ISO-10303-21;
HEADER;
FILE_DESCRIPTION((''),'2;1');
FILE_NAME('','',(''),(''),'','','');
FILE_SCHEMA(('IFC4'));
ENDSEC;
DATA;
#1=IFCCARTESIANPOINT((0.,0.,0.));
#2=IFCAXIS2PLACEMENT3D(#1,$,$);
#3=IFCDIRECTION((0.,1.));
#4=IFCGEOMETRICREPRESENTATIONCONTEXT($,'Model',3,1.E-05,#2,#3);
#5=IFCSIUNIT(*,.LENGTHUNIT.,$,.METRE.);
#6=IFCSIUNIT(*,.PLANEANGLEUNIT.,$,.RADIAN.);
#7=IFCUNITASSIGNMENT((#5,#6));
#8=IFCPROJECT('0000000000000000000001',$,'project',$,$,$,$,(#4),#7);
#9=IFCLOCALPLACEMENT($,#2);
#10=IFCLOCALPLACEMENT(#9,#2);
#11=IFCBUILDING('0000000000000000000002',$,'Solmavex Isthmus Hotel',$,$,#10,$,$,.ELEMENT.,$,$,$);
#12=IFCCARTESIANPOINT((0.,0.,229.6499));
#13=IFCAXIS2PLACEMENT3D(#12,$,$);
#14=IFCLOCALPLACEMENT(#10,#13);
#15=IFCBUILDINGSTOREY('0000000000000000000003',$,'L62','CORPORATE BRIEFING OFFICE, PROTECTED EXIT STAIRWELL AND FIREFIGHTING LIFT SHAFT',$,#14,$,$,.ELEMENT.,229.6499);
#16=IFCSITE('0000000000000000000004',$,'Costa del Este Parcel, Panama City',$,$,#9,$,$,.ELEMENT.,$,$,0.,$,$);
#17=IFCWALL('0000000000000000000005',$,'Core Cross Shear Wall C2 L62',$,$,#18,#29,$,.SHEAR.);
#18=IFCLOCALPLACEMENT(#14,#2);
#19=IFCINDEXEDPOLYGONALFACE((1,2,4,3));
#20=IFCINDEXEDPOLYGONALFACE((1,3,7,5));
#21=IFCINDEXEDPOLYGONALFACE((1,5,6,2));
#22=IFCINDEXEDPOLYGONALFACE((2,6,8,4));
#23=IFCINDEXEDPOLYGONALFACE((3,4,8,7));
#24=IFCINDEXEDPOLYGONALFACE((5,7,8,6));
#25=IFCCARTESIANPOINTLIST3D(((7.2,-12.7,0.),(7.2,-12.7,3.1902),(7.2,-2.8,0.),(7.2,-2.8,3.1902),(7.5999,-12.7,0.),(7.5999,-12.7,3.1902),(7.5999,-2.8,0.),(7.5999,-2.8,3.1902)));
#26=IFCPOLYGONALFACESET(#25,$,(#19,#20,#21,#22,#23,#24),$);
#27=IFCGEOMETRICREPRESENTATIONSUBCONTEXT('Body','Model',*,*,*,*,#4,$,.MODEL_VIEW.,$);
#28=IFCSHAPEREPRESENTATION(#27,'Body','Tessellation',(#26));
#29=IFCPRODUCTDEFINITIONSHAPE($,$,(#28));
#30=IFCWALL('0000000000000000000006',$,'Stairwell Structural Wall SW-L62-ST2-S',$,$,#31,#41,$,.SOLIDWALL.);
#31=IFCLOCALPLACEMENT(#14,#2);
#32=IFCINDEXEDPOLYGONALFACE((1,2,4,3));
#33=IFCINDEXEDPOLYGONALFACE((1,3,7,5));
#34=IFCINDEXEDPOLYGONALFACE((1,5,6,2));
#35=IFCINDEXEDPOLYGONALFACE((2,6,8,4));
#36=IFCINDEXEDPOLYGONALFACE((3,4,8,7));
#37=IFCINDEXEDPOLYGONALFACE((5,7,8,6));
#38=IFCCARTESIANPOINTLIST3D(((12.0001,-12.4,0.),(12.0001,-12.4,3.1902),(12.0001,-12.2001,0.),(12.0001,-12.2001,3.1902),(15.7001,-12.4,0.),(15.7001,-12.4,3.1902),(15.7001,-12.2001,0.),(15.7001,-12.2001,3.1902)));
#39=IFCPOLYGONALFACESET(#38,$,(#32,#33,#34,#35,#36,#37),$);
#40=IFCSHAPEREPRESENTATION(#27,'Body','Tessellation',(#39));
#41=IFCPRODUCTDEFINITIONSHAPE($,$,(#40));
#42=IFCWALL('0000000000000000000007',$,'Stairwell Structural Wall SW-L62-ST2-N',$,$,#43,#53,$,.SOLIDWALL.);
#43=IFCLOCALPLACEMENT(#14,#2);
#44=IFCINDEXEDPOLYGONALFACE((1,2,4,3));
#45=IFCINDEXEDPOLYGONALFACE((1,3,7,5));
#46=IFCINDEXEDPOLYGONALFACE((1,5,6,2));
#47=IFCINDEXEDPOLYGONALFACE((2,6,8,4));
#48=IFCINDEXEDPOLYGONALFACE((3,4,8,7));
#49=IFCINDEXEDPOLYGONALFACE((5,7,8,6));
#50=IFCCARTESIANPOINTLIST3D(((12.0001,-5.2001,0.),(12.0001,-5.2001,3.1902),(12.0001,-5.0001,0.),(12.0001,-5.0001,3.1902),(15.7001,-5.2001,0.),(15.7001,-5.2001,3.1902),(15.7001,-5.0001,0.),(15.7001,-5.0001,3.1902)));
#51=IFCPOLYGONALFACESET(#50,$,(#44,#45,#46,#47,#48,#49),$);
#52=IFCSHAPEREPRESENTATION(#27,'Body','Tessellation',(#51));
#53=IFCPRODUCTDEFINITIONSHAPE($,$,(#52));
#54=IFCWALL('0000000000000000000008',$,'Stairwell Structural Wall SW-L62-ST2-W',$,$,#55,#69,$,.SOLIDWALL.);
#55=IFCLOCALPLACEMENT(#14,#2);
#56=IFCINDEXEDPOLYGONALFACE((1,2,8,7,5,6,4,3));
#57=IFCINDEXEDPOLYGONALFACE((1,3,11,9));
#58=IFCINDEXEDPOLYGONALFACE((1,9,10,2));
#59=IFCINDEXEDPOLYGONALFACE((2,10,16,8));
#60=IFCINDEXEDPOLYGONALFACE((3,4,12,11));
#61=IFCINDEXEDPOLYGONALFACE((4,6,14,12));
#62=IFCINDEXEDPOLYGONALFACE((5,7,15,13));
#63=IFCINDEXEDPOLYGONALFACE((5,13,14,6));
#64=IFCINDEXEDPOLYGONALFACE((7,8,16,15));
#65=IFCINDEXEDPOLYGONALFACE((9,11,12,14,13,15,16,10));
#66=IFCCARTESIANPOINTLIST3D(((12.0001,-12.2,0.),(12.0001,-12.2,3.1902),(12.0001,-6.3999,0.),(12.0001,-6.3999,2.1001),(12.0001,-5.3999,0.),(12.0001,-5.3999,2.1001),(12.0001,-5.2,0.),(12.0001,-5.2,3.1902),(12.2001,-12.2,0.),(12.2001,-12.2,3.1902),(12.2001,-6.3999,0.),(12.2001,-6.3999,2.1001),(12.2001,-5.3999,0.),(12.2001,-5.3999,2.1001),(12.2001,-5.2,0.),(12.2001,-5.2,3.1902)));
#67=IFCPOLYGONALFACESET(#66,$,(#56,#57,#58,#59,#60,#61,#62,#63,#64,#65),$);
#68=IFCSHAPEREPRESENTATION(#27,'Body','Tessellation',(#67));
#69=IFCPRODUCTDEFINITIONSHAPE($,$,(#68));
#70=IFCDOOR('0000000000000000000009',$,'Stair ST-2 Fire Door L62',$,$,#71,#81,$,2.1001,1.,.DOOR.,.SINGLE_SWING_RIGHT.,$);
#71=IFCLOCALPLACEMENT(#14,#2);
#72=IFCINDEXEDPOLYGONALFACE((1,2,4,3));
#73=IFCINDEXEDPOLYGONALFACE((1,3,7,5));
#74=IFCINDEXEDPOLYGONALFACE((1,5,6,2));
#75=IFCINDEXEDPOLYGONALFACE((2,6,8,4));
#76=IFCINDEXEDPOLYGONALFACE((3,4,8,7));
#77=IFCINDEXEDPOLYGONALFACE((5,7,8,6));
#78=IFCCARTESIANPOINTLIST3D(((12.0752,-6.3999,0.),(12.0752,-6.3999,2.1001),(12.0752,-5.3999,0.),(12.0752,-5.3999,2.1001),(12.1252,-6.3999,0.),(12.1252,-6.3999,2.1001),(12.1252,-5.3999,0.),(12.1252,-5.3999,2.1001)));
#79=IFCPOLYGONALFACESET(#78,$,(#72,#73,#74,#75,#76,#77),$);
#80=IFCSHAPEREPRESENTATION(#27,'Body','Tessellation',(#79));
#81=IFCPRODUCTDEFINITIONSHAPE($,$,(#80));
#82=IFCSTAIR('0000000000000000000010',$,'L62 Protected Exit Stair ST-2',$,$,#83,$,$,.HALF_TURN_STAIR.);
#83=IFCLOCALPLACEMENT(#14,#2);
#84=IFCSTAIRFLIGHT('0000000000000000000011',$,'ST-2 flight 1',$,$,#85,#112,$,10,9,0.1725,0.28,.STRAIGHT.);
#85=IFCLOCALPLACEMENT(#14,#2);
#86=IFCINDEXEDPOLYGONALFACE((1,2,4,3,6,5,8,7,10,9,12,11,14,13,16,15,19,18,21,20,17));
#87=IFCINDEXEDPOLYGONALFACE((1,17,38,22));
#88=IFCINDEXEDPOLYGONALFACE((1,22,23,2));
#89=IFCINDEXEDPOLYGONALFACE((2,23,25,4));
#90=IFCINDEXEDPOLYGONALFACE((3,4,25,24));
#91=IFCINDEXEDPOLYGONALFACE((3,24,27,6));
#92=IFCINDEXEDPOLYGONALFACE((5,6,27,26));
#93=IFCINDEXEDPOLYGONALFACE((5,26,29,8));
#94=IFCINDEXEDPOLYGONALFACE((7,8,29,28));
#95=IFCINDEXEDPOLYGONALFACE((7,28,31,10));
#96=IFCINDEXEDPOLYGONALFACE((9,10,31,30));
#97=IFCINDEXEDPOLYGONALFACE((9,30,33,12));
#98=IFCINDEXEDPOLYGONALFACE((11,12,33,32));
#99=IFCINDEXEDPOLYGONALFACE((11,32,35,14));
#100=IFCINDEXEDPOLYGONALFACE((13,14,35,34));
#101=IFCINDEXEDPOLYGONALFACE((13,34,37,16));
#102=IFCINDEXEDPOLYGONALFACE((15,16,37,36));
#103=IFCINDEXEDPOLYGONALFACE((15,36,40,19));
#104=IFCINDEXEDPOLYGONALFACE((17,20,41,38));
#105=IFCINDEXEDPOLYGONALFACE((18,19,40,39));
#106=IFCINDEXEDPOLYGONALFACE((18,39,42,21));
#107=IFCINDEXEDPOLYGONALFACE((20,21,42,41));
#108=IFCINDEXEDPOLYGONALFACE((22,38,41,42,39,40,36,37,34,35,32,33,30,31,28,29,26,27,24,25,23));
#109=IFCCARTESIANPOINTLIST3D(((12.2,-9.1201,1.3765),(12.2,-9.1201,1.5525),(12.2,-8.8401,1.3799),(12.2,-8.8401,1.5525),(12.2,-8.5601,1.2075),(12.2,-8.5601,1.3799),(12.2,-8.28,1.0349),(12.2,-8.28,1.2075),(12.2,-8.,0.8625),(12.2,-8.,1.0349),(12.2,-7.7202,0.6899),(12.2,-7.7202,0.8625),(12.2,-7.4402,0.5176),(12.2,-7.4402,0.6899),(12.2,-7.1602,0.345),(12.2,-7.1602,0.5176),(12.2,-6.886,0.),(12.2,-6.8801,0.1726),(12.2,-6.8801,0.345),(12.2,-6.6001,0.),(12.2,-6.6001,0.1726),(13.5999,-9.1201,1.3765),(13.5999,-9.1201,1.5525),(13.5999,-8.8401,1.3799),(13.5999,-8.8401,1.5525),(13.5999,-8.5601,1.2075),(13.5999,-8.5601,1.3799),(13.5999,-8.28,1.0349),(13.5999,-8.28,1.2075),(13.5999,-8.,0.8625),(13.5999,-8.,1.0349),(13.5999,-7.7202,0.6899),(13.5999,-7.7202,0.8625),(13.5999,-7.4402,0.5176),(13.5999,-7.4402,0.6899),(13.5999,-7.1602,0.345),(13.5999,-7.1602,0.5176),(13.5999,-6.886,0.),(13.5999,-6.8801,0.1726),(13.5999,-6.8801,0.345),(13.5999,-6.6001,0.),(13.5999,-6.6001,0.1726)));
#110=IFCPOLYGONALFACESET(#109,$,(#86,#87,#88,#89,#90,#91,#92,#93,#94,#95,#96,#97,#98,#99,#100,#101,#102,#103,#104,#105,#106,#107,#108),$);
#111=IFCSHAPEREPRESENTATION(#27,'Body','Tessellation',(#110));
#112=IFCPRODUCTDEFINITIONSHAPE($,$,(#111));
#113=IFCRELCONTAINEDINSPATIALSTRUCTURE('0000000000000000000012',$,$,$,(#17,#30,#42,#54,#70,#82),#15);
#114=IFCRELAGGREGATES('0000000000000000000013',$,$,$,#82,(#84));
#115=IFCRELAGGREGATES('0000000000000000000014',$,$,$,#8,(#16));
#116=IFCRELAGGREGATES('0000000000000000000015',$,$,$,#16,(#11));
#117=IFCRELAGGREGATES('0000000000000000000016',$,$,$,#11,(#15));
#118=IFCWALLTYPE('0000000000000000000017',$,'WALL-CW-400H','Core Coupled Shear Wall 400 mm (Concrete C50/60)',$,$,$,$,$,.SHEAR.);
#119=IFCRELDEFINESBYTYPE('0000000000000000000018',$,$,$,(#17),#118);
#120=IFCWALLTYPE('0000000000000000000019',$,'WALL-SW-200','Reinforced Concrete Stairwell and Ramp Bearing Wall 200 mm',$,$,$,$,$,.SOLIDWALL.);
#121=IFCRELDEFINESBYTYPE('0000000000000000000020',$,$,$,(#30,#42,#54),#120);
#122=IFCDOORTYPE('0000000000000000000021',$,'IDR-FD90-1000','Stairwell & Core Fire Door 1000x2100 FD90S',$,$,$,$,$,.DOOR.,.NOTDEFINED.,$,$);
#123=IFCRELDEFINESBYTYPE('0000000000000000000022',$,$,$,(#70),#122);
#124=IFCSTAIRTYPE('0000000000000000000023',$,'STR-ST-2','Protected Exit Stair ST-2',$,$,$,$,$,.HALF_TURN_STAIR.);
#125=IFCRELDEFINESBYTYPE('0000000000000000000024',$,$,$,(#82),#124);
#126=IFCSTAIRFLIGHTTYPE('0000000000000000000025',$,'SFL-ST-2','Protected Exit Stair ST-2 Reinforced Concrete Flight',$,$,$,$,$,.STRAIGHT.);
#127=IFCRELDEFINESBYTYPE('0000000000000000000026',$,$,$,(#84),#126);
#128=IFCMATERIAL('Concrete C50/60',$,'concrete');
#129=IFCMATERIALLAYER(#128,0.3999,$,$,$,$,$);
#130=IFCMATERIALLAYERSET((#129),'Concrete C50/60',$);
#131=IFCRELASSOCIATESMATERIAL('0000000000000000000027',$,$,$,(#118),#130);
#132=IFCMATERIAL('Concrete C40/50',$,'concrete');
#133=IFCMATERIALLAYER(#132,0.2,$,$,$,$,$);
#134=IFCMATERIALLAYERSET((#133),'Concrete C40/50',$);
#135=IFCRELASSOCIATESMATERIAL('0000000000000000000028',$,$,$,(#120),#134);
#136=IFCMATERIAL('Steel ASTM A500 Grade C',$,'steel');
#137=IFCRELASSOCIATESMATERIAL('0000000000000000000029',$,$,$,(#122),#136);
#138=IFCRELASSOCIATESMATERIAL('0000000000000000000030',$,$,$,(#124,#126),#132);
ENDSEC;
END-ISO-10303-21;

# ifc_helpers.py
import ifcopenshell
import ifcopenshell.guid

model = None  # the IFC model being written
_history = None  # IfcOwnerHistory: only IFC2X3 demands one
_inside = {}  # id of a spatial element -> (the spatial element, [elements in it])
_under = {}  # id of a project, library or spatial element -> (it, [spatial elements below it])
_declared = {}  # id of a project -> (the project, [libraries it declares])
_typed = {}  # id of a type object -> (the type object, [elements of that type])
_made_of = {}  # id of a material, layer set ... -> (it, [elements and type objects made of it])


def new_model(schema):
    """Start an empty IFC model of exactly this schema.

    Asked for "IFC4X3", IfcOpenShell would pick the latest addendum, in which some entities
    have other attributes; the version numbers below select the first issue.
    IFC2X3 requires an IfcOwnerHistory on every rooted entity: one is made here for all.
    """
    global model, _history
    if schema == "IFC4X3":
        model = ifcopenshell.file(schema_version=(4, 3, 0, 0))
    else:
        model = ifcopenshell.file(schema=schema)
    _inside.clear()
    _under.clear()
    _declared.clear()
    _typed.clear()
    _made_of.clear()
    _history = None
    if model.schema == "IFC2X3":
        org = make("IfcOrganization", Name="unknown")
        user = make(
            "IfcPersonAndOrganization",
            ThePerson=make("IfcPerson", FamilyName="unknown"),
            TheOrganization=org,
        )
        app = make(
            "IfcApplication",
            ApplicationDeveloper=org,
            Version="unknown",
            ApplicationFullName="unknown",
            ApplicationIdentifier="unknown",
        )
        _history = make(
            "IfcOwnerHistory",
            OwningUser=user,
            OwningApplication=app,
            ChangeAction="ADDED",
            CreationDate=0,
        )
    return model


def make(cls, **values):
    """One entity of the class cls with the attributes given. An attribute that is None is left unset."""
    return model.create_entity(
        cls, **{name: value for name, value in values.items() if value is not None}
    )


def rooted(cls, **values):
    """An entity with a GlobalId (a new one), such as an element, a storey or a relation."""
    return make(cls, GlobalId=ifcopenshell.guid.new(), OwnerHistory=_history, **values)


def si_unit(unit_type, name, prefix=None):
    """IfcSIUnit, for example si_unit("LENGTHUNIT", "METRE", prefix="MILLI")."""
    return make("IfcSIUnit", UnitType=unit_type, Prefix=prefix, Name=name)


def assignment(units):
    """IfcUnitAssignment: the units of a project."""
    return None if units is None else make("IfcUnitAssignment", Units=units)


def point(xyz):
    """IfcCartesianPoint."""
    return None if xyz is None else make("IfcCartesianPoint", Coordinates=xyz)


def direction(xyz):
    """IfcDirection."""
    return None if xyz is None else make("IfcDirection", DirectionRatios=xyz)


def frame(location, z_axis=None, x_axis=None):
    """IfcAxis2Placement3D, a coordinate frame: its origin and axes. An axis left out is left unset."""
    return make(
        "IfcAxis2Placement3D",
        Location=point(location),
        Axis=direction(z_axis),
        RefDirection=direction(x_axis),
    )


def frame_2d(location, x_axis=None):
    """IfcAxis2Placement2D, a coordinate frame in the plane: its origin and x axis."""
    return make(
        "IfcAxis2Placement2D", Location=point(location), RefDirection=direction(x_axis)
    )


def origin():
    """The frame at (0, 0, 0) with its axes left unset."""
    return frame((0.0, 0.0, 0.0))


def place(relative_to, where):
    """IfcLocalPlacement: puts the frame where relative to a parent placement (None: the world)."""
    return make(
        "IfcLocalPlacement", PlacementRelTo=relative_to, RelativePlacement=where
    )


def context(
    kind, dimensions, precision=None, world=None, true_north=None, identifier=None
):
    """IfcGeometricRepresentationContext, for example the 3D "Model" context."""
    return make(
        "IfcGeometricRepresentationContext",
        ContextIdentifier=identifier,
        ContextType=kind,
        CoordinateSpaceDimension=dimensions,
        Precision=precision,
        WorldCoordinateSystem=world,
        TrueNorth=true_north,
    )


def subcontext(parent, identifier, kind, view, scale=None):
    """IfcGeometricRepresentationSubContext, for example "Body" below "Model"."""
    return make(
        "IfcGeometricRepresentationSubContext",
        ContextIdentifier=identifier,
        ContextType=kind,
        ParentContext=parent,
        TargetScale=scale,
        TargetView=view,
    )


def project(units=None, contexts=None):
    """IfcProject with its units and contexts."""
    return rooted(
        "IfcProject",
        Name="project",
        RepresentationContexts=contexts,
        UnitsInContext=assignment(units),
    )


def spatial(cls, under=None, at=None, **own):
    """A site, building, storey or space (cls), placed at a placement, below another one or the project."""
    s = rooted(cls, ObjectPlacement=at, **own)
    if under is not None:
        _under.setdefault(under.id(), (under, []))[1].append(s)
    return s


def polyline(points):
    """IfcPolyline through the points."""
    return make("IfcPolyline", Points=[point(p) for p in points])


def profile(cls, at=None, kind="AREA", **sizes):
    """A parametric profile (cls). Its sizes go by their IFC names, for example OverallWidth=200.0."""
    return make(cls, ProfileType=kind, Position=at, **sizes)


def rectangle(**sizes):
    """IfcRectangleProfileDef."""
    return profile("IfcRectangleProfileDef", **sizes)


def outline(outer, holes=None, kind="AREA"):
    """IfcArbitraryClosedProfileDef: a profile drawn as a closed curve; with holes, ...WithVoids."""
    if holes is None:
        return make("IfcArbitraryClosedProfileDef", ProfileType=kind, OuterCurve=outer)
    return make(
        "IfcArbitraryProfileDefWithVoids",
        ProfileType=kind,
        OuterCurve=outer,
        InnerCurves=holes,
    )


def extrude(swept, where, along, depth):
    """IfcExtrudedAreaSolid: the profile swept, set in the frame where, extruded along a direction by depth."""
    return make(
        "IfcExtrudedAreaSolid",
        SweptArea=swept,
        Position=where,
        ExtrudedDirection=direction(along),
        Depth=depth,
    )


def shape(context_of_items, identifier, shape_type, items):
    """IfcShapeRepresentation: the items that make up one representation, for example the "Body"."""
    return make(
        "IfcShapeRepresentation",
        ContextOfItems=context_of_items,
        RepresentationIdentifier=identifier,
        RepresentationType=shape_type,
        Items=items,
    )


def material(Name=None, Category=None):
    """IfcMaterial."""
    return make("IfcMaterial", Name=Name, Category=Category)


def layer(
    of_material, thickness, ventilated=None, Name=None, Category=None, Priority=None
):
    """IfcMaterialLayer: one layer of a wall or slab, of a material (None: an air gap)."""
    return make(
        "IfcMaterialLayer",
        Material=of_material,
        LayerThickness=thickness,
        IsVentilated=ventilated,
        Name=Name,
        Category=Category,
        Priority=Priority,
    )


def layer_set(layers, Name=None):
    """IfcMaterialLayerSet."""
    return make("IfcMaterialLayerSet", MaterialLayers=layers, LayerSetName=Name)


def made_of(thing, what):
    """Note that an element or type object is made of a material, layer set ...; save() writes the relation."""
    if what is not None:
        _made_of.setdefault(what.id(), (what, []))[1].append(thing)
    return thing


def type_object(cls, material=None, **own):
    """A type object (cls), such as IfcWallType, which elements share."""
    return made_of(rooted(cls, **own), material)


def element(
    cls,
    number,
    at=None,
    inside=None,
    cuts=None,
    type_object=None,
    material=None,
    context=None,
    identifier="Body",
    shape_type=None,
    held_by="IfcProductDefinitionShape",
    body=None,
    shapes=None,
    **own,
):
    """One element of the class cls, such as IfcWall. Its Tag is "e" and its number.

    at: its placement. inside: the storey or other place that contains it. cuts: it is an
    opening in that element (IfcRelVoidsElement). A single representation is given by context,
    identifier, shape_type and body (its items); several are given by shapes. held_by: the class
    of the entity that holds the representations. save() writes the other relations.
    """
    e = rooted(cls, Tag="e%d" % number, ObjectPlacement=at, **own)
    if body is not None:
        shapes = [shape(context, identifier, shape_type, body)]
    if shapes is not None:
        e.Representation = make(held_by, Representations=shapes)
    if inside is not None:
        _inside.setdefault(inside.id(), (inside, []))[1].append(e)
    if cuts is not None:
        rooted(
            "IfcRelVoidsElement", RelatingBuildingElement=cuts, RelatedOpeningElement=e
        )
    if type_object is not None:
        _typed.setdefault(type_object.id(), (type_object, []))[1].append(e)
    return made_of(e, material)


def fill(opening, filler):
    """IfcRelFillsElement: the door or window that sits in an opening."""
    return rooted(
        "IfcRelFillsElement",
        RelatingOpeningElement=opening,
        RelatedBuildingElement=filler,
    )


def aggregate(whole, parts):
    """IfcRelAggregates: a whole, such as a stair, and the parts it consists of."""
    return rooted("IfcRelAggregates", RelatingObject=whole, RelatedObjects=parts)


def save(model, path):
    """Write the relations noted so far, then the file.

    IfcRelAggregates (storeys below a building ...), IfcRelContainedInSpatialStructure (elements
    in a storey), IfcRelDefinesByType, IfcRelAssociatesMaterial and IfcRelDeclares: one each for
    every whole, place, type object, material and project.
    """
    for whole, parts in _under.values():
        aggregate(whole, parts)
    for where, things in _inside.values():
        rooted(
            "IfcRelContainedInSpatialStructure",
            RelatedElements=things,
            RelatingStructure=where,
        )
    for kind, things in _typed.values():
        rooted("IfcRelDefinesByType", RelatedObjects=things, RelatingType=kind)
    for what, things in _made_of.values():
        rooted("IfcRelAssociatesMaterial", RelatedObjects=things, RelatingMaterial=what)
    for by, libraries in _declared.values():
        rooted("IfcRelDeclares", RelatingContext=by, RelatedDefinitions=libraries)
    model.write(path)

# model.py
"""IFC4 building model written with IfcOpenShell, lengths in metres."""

from ifc_helpers import new_model, si_unit, direction, frame, frame_2d, origin, place, context, subcontext, project, spatial, polyline, rectangle, outline, extrude, material, layer, layer_set, type_object, element, fill, aggregate, save


model = new_model("IFC4")

# Units and contexts
model_context = context("Model", 3, precision=1e-05, world=origin(), true_north=direction((0.0, 1.0)))
body_context = subcontext(model_context, "Body", "Model", "MODEL_VIEW")
ifc_project = project(units=[si_unit("LENGTHUNIT", "METRE"), si_unit("PLANEANGLEUNIT", "RADIAN")], contexts=[model_context])

# Site, building, storey
site_placement = place(None, origin())
site = spatial("IfcSite", under=ifc_project, at=site_placement, Name="Costa del Este Parcel, Panama City", CompositionType="ELEMENT", RefElevation=0.0)
building_placement = place(site_placement, origin())
building = spatial("IfcBuilding", under=site, at=building_placement, Name="Solmavex Isthmus Hotel", CompositionType="ELEMENT")
storey_placement = place(building_placement, frame((0.0, 0.0, 229.6499)))
storey = spatial("IfcBuildingStorey", under=building, at=storey_placement, Name="L62", Description="CORPORATE BRIEFING OFFICE, PROTECTED EXIT STAIRWELL AND FIREFIGHTING LIFT SHAFT", CompositionType="ELEMENT", Elevation=229.6499)

# Shared definitions
ifc_material_1 = material(Name="Concrete C50/60", Category="concrete")

# Shared definitions
ifc_material_2 = material(Name="Concrete C40/50", Category="concrete")
ifc_material_3 = material(Name="Steel ASTM A500 Grade C", Category="steel")

# Walls
ifc_layer_1 = layer(ifc_material_1, 0.3999)
ifc_layer_set_1 = layer_set([ifc_layer_1], Name="Concrete C50/60")
wall_type_1 = type_object("IfcWallType", Name="WALL-CW-400H", Description="Core Coupled Shear Wall 400 mm (Concrete C50/60)", PredefinedType="SHEAR", material=ifc_layer_set_1)
wall_1_placement = place(storey_placement, frame((7.3999, -12.7, 0.0), z_axis=(0.0, 0.0, 1.0), x_axis=(0.0, 1.0, 0.0)))
element("IfcWall", 1, at=wall_1_placement, inside=storey, type_object=wall_type_1, Name="Core Cross Shear Wall C2 L62", PredefinedType="SHEAR", context=body_context, shape_type="SweptSolid", body=[
    extrude(rectangle(XDim=9.8999, YDim=0.3999, at=frame_2d((4.95, 0.0))), origin(), (0.0, 0.0, 1.0), 3.1902),
])
ifc_layer_2 = layer(ifc_material_2, 0.2)
ifc_layer_set_2 = layer_set([ifc_layer_2], Name="Concrete C40/50")
wall_type_2 = type_object("IfcWallType", Name="WALL-SW-200", Description="Reinforced Concrete Stairwell and Ramp Bearing Wall 200 mm", PredefinedType="SOLIDWALL", material=ifc_layer_set_2)
for number, where, z_axis, x_axis, name in (
    (2, (12.0, -12.3, 0.0), (0.0, 0.0, 1.0), (1.0, 0.0, 0.0), "Stairwell Structural Wall SW-L62-ST2-S"),
    (3, (12.0, -5.1001, 0.0), (0.0, 0.0, 1.0), (1.0, 0.0, 0.0), "Stairwell Structural Wall SW-L62-ST2-N"),
):
    element("IfcWall", number, at=place(storey_placement, frame(where, z_axis=z_axis, x_axis=x_axis)), inside=storey, type_object=wall_type_2, Name=name, PredefinedType="SOLIDWALL", context=body_context, shape_type="SweptSolid", body=[
        extrude(rectangle(XDim=3.7, YDim=0.2, at=frame_2d((1.8501, 0.0))), origin(), (0.0, 0.0, 1.0), 3.1902),
    ])

# Wall, opening, door
wall_2_placement = place(storey_placement, frame((12.1001, -12.2, 0.0), z_axis=(0.0, 0.0, 1.0), x_axis=(0.0, 1.0, 0.0)))
wall_2 = element("IfcWall", 4, at=wall_2_placement, inside=storey, type_object=wall_type_2, Name="Stairwell Structural Wall SW-L62-ST2-W", PredefinedType="SOLIDWALL", context=body_context, shape_type="SweptSolid", body=[
    extrude(rectangle(XDim=7.0, YDim=0.2, at=frame_2d((3.5, 0.0))), origin(), (0.0, 0.0, 1.0), 3.1902),
])
opening_1_placement = place(wall_2_placement, frame((5.8, 0.0, 0.0)))
opening_1 = element("IfcOpeningElement", 5, at=opening_1_placement, cuts=wall_2, PredefinedType="OPENING", context=body_context, shape_type="SweptSolid", body=[
    extrude(rectangle(XDim=1.0, YDim=2.1001, at=frame_2d((0.5, 1.05))), frame((0.0, 0.1099, 0.0), z_axis=(0.0, -1.0, 0.0), x_axis=(1.0, 0.0, 0.0)), (0.0, 0.0, 1.0), 0.22),
])
door_type_1 = type_object("IfcDoorType", Name="IDR-FD90-1000", Description="Stairwell & Core Fire Door 1000x2100 FD90S", OperationType="NOTDEFINED", PredefinedType="DOOR", material=ifc_material_3)
door_1_placement = place(opening_1_placement, origin())
door_1 = element("IfcDoor", 6, at=door_1_placement, inside=storey, type_object=door_type_1, Name="Stair ST-2 Fire Door L62", OperationType="SINGLE_SWING_RIGHT", OverallHeight=2.1001, OverallWidth=1.0, PredefinedType="DOOR", context=body_context, shape_type="SweptSolid", body=[
    extrude(rectangle(XDim=1.0, YDim=2.1001, at=frame_2d((0.5, 1.05))), frame((0.0, 0.0249, 0.0), z_axis=(0.0, -1.0, 0.0), x_axis=(1.0, 0.0, 0.0)), (0.0, 0.0, 1.0), 0.05),
])
fill(opening_1, door_1)

# Stair, stair flight
stair_type = type_object("IfcStairType", Name="STR-ST-2", Description="Protected Exit Stair ST-2", PredefinedType="HALF_TURN_STAIR", material=ifc_material_2)
stair_placement = place(storey_placement, origin())
stair = element("IfcStair", 7, at=stair_placement, inside=storey, type_object=stair_type, Name="L62 Protected Exit Stair ST-2", PredefinedType="HALF_TURN_STAIR")
stair_flight_type = type_object("IfcStairFlightType", Name="SFL-ST-2", Description="Protected Exit Stair ST-2 Reinforced Concrete Flight", PredefinedType="STRAIGHT", material=ifc_material_2)
stair_flight_placement = place(storey_placement, frame((12.8999, -6.6001, 0.0), z_axis=(0.0, 0.0, 1.0), x_axis=(0.0, -1.0, 0.0)))
stair_flight = element("IfcStairFlight", 8, at=stair_flight_placement, type_object=stair_flight_type, Name="ST-2 flight 1", NumberOfRisers=10, NumberOfTreads=9, PredefinedType="STRAIGHT", RiserHeight=0.1725, TreadLength=0.28, context=body_context, shape_type="SweptSolid", body=[
    extrude(outline(polyline([(0.0, 0.0), (0.0, 0.1726), (0.28, 0.1726), (0.28, 0.345), (0.5601, 0.345), (0.5601, 0.5176), (0.8401, 0.5176), (0.8401, 0.6899), (1.1201, 0.6899), (1.1201, 0.8625), (1.3999, 0.8625), (1.3999, 1.0349), (1.6799, 1.0349), (1.6799, 1.2075), (1.96, 1.2075), (1.96, 1.3799), (2.24, 1.3799), (2.24, 1.5525), (2.52, 1.5525), (2.52, 1.7251), (2.52, 1.3765), (0.2859, 0.0), (0.0, 0.0)])), frame((0.0, 0.7, 0.0), z_axis=(0.0, -1.0, 0.0), x_axis=(1.0, 0.0, 0.0)), (0.0, 0.0, 1.0), 1.3999),
])
aggregate(stair, [stair_flight])

save(model, "model.ifc")
